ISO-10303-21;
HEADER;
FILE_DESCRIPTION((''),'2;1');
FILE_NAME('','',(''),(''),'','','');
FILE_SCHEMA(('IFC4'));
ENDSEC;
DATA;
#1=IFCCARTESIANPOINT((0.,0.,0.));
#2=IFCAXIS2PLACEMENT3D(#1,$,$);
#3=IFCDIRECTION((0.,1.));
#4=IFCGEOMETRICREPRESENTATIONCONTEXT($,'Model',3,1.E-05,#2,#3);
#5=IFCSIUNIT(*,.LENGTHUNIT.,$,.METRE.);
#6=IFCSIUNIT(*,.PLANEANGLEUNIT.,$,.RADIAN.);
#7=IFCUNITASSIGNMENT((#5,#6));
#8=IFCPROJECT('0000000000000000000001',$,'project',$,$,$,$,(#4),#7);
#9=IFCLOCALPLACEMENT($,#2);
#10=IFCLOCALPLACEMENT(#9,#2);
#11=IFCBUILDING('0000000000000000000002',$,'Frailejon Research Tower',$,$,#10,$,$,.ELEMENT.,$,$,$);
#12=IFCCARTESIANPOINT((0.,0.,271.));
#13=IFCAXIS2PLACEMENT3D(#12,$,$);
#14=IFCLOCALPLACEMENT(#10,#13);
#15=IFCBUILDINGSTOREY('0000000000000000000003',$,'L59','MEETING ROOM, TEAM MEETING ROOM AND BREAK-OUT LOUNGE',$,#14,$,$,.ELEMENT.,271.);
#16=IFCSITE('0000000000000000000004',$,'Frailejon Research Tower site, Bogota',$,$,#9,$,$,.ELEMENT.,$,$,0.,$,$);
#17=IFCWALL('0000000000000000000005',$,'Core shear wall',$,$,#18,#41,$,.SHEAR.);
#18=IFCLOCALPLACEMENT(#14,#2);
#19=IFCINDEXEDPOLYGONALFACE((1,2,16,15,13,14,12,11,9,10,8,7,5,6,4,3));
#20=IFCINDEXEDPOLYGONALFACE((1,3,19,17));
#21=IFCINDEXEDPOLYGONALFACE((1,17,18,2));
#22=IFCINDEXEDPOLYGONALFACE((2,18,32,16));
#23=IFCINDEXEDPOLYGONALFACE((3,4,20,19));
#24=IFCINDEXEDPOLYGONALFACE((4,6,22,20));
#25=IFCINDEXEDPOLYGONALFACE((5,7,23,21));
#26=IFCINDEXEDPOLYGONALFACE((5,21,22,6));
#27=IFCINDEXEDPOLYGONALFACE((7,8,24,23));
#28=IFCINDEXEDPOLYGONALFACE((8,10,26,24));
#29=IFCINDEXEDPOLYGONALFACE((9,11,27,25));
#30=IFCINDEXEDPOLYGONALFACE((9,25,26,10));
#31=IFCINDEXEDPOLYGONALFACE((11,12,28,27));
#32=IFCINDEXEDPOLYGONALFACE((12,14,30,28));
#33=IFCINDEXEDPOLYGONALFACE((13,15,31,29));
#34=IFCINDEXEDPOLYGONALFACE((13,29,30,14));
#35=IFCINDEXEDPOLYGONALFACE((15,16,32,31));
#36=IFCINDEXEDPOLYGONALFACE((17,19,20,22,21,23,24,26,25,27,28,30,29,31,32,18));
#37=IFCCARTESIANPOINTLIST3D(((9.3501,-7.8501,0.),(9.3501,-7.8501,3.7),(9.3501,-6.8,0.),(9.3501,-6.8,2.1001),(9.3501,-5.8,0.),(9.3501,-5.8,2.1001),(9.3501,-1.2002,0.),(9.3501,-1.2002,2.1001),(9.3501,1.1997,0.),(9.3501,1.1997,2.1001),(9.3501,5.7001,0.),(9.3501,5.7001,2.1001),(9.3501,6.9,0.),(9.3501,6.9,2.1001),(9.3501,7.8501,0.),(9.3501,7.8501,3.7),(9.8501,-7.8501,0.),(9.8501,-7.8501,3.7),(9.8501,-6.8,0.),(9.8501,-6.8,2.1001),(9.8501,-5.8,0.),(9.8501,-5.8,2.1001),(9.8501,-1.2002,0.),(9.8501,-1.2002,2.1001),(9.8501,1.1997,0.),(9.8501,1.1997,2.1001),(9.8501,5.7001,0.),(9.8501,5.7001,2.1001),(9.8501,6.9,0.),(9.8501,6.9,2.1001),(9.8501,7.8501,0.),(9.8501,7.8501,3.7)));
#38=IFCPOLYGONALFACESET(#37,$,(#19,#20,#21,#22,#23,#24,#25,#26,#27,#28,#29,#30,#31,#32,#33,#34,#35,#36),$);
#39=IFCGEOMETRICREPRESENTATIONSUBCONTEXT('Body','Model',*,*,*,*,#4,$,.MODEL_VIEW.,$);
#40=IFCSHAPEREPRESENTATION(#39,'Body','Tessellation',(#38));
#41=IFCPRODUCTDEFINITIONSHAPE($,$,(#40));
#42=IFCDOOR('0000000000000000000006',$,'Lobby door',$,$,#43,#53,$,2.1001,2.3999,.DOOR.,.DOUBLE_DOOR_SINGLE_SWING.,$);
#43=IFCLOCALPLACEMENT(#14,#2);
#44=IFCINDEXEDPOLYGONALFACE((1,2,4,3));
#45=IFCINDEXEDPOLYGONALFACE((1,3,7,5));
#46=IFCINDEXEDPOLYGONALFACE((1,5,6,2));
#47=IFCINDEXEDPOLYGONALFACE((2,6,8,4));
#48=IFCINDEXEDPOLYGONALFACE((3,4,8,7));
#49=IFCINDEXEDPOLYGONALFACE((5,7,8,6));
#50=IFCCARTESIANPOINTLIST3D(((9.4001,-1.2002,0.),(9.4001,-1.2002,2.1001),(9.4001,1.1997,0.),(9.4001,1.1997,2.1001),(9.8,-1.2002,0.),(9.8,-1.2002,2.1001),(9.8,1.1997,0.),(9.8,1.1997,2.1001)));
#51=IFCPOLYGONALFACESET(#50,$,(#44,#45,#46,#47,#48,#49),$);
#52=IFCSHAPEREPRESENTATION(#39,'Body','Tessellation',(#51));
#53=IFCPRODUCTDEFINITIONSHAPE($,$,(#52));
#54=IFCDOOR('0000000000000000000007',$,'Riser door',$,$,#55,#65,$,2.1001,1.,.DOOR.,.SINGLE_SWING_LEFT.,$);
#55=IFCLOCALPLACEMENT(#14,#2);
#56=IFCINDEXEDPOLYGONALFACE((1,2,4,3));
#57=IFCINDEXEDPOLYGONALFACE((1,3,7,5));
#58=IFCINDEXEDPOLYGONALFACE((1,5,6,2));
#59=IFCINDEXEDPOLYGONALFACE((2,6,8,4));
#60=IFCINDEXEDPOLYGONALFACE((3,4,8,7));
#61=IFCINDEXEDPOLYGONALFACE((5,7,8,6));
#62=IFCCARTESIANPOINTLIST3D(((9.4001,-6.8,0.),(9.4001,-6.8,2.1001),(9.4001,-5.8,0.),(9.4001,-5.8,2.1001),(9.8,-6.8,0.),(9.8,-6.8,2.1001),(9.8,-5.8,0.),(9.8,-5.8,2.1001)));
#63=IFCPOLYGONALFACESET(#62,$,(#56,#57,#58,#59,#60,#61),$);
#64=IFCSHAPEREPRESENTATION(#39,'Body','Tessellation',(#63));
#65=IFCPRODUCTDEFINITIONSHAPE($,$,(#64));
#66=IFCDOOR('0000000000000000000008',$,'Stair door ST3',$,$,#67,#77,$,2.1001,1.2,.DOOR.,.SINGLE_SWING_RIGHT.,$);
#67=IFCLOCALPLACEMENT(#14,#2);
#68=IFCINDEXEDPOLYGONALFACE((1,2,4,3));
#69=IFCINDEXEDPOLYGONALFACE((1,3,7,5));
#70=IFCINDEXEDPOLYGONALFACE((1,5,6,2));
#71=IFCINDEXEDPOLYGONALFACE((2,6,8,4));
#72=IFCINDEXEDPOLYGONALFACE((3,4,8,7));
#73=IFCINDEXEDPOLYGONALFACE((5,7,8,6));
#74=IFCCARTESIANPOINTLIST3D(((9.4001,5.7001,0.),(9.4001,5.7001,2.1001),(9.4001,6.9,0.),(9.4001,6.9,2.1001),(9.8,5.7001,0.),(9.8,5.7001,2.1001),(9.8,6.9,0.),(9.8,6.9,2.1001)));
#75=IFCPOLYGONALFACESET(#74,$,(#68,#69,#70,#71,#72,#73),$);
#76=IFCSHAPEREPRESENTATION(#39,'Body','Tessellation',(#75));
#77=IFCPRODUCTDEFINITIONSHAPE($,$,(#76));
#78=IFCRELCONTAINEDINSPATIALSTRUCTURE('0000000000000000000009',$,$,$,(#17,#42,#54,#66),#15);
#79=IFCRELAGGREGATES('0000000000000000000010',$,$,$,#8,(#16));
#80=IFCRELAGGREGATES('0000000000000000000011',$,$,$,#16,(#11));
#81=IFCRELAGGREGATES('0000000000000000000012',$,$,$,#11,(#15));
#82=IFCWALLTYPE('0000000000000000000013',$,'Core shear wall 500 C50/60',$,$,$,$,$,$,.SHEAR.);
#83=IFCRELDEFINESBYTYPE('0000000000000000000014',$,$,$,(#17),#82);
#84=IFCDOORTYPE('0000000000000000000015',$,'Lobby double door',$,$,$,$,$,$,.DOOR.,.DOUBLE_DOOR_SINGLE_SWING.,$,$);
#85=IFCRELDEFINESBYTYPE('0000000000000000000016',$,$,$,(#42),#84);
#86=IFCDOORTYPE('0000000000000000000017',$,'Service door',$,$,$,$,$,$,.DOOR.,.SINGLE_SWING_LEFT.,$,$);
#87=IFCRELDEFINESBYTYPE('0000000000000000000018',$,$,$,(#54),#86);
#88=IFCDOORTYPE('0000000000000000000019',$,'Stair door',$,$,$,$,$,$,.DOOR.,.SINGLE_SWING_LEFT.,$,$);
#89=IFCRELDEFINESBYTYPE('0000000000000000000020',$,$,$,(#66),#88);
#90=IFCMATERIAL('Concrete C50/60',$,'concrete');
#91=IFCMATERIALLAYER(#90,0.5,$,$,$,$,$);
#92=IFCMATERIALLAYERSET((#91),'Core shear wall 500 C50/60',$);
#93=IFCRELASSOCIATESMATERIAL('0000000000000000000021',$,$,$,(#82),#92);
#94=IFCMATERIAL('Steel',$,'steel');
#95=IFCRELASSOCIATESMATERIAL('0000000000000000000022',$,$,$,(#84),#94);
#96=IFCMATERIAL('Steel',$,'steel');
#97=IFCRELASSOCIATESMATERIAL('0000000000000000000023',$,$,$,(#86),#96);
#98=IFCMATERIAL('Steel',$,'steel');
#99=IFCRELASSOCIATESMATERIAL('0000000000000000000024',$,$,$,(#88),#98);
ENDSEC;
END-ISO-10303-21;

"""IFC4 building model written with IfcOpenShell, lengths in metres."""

from ifc_helpers import new_model, si_unit, direction, frame, frame_2d, origin, place, context, subcontext, project, spatial, rectangle, extrude, material, layer, layer_set, type_object, element, fill, save


model = new_model("IFC4")

# Units and contexts
model_context = context("Model", 3, precision=1e-05, world=origin(), true_north=direction((0.0, 1.0)))
body_context = subcontext(model_context, "Body", "Model", "MODEL_VIEW")
ifc_project = project(units=[si_unit("LENGTHUNIT", "METRE"), si_unit("PLANEANGLEUNIT", "RADIAN")], contexts=[model_context])

# Site, building, storey
site_placement = place(None, origin())
site = spatial("IfcSite", under=ifc_project, at=site_placement, Name="Frailejon Research Tower site, Bogota", CompositionType="ELEMENT", RefElevation=0.0)
building_placement = place(site_placement, origin())
building = spatial("IfcBuilding", under=site, at=building_placement, Name="Frailejon Research Tower", CompositionType="ELEMENT")
storey_placement = place(building_placement, frame((0.0, 0.0, 271.0)))
storey = spatial("IfcBuildingStorey", under=building, at=storey_placement, Name="L59", Description="MEETING ROOM, TEAM MEETING ROOM AND BREAK-OUT LOUNGE", CompositionType="ELEMENT", Elevation=271.0)

# Wall, openings, doors
ifc_material_1 = material(Name="Concrete C50/60", Category="concrete")
ifc_layer_1 = layer(ifc_material_1, 0.5)
ifc_layer_set_1 = layer_set([ifc_layer_1], Name="Core shear wall 500 C50/60")
wall_type_1 = type_object("IfcWallType", Name="Core shear wall 500 C50/60", PredefinedType="SHEAR", material=ifc_layer_set_1)
wall_1_placement = place(storey_placement, frame((9.6001, -7.8501, 0.0), z_axis=(0.0, 0.0, 1.0), x_axis=(0.0, 1.0, 0.0)))
wall_1 = element("IfcWall", 1, at=wall_1_placement, inside=storey, type_object=wall_type_1, Name="Core shear wall", PredefinedType="SHEAR", context=body_context, shape_type="SweptSolid", body=[
    extrude(rectangle(XDim=15.7002, YDim=0.5, at=frame_2d((7.8501, 0.0))), origin(), (0.0, 0.0, 1.0), 3.7),
])
opening_1_placement = place(wall_1_placement, frame((6.6499, 0.0, 0.0)))
opening_1 = element("IfcOpeningElement", 2, at=opening_1_placement, cuts=wall_1, PredefinedType="OPENING", context=body_context, shape_type="SweptSolid", body=[
    extrude(rectangle(XDim=2.3999, YDim=2.1001, at=frame_2d((1.2, 1.05))), frame((0.0, 0.26, 0.0), z_axis=(0.0, -1.0, 0.0), x_axis=(1.0, 0.0, 0.0)), (0.0, 0.0, 1.0), 0.52),
])
opening_2_placement = place(wall_1_placement, frame((13.55, 0.0, 0.0)))
opening_2 = element("IfcOpeningElement", 3, at=opening_2_placement, cuts=wall_1, PredefinedType="OPENING", context=body_context, shape_type="SweptSolid", body=[
    extrude(rectangle(XDim=1.2, YDim=2.1001, at=frame_2d((0.6001, 1.05))), frame((0.0, 0.26, 0.0), z_axis=(0.0, -1.0, 0.0), x_axis=(1.0, 0.0, 0.0)), (0.0, 0.0, 1.0), 0.52),
])
opening_3_placement = place(wall_1_placement, frame((1.05, 0.0, 0.0)))
opening_3 = element("IfcOpeningElement", 4, at=opening_3_placement, cuts=wall_1, PredefinedType="OPENING", context=body_context, shape_type="SweptSolid", body=[
    extrude(rectangle(XDim=1.0, YDim=2.1001, at=frame_2d((0.5, 1.05))), frame((0.0, 0.26, 0.0), z_axis=(0.0, -1.0, 0.0), x_axis=(1.0, 0.0, 0.0)), (0.0, 0.0, 1.0), 0.52),
])
ifc_material_2 = material(Name="Steel", Category="steel")
door_type_1 = type_object("IfcDoorType", Name="Lobby double door", OperationType="DOUBLE_DOOR_SINGLE_SWING", PredefinedType="DOOR", material=ifc_material_2)
door_1_placement = place(opening_1_placement, origin())
door_1 = element("IfcDoor", 5, at=door_1_placement, inside=storey, type_object=door_type_1, Name="Lobby door", OperationType="DOUBLE_DOOR_SINGLE_SWING", OverallHeight=2.1001, OverallWidth=2.3999, PredefinedType="DOOR", context=body_context, shape_type="SweptSolid", body=[
    extrude(rectangle(XDim=2.3999, YDim=2.1001, at=frame_2d((1.2, 1.05))), frame((0.0, 0.2, 0.0), z_axis=(0.0, -1.0, 0.0), x_axis=(1.0, 0.0, 0.0)), (0.0, 0.0, 1.0), 0.3999),
])
fill(opening_1, door_1)
ifc_material_3 = material(Name="Steel", Category="steel")
door_type_2 = type_object("IfcDoorType", Name="Service door", OperationType="SINGLE_SWING_LEFT", PredefinedType="DOOR", material=ifc_material_3)
door_2_placement = place(opening_3_placement, origin())
door_2 = element("IfcDoor", 6, at=door_2_placement, inside=storey, type_object=door_type_2, Name="Riser door", OperationType="SINGLE_SWING_LEFT", OverallHeight=2.1001, OverallWidth=1.0, PredefinedType="DOOR", context=body_context, shape_type="SweptSolid", body=[
    extrude(rectangle(XDim=1.0, YDim=2.1001, at=frame_2d((0.5, 1.05))), frame((0.0, 0.2, 0.0), z_axis=(0.0, -1.0, 0.0), x_axis=(1.0, 0.0, 0.0)), (0.0, 0.0, 1.0), 0.3999),
])
fill(opening_3, door_2)
ifc_material_4 = material(Name="Steel", Category="steel")
door_type_3 = type_object("IfcDoorType", Name="Stair door", OperationType="SINGLE_SWING_LEFT", PredefinedType="DOOR", material=ifc_material_4)
door_3_placement = place(opening_2_placement, origin())
door_3 = element("IfcDoor", 7, at=door_3_placement, inside=storey, type_object=door_type_3, Name="Stair door ST3", OperationType="SINGLE_SWING_RIGHT", OverallHeight=2.1001, OverallWidth=1.2, PredefinedType="DOOR", context=body_context, shape_type="SweptSolid", body=[
    extrude(rectangle(XDim=1.2, YDim=2.1001, at=frame_2d((0.6001, 1.05))), frame((0.0, 0.2, 0.0), z_axis=(0.0, -1.0, 0.0), x_axis=(1.0, 0.0, 0.0)), (0.0, 0.0, 1.0), 0.3999),
])
fill(opening_2, door_3)

save(model, "model.ifc")
